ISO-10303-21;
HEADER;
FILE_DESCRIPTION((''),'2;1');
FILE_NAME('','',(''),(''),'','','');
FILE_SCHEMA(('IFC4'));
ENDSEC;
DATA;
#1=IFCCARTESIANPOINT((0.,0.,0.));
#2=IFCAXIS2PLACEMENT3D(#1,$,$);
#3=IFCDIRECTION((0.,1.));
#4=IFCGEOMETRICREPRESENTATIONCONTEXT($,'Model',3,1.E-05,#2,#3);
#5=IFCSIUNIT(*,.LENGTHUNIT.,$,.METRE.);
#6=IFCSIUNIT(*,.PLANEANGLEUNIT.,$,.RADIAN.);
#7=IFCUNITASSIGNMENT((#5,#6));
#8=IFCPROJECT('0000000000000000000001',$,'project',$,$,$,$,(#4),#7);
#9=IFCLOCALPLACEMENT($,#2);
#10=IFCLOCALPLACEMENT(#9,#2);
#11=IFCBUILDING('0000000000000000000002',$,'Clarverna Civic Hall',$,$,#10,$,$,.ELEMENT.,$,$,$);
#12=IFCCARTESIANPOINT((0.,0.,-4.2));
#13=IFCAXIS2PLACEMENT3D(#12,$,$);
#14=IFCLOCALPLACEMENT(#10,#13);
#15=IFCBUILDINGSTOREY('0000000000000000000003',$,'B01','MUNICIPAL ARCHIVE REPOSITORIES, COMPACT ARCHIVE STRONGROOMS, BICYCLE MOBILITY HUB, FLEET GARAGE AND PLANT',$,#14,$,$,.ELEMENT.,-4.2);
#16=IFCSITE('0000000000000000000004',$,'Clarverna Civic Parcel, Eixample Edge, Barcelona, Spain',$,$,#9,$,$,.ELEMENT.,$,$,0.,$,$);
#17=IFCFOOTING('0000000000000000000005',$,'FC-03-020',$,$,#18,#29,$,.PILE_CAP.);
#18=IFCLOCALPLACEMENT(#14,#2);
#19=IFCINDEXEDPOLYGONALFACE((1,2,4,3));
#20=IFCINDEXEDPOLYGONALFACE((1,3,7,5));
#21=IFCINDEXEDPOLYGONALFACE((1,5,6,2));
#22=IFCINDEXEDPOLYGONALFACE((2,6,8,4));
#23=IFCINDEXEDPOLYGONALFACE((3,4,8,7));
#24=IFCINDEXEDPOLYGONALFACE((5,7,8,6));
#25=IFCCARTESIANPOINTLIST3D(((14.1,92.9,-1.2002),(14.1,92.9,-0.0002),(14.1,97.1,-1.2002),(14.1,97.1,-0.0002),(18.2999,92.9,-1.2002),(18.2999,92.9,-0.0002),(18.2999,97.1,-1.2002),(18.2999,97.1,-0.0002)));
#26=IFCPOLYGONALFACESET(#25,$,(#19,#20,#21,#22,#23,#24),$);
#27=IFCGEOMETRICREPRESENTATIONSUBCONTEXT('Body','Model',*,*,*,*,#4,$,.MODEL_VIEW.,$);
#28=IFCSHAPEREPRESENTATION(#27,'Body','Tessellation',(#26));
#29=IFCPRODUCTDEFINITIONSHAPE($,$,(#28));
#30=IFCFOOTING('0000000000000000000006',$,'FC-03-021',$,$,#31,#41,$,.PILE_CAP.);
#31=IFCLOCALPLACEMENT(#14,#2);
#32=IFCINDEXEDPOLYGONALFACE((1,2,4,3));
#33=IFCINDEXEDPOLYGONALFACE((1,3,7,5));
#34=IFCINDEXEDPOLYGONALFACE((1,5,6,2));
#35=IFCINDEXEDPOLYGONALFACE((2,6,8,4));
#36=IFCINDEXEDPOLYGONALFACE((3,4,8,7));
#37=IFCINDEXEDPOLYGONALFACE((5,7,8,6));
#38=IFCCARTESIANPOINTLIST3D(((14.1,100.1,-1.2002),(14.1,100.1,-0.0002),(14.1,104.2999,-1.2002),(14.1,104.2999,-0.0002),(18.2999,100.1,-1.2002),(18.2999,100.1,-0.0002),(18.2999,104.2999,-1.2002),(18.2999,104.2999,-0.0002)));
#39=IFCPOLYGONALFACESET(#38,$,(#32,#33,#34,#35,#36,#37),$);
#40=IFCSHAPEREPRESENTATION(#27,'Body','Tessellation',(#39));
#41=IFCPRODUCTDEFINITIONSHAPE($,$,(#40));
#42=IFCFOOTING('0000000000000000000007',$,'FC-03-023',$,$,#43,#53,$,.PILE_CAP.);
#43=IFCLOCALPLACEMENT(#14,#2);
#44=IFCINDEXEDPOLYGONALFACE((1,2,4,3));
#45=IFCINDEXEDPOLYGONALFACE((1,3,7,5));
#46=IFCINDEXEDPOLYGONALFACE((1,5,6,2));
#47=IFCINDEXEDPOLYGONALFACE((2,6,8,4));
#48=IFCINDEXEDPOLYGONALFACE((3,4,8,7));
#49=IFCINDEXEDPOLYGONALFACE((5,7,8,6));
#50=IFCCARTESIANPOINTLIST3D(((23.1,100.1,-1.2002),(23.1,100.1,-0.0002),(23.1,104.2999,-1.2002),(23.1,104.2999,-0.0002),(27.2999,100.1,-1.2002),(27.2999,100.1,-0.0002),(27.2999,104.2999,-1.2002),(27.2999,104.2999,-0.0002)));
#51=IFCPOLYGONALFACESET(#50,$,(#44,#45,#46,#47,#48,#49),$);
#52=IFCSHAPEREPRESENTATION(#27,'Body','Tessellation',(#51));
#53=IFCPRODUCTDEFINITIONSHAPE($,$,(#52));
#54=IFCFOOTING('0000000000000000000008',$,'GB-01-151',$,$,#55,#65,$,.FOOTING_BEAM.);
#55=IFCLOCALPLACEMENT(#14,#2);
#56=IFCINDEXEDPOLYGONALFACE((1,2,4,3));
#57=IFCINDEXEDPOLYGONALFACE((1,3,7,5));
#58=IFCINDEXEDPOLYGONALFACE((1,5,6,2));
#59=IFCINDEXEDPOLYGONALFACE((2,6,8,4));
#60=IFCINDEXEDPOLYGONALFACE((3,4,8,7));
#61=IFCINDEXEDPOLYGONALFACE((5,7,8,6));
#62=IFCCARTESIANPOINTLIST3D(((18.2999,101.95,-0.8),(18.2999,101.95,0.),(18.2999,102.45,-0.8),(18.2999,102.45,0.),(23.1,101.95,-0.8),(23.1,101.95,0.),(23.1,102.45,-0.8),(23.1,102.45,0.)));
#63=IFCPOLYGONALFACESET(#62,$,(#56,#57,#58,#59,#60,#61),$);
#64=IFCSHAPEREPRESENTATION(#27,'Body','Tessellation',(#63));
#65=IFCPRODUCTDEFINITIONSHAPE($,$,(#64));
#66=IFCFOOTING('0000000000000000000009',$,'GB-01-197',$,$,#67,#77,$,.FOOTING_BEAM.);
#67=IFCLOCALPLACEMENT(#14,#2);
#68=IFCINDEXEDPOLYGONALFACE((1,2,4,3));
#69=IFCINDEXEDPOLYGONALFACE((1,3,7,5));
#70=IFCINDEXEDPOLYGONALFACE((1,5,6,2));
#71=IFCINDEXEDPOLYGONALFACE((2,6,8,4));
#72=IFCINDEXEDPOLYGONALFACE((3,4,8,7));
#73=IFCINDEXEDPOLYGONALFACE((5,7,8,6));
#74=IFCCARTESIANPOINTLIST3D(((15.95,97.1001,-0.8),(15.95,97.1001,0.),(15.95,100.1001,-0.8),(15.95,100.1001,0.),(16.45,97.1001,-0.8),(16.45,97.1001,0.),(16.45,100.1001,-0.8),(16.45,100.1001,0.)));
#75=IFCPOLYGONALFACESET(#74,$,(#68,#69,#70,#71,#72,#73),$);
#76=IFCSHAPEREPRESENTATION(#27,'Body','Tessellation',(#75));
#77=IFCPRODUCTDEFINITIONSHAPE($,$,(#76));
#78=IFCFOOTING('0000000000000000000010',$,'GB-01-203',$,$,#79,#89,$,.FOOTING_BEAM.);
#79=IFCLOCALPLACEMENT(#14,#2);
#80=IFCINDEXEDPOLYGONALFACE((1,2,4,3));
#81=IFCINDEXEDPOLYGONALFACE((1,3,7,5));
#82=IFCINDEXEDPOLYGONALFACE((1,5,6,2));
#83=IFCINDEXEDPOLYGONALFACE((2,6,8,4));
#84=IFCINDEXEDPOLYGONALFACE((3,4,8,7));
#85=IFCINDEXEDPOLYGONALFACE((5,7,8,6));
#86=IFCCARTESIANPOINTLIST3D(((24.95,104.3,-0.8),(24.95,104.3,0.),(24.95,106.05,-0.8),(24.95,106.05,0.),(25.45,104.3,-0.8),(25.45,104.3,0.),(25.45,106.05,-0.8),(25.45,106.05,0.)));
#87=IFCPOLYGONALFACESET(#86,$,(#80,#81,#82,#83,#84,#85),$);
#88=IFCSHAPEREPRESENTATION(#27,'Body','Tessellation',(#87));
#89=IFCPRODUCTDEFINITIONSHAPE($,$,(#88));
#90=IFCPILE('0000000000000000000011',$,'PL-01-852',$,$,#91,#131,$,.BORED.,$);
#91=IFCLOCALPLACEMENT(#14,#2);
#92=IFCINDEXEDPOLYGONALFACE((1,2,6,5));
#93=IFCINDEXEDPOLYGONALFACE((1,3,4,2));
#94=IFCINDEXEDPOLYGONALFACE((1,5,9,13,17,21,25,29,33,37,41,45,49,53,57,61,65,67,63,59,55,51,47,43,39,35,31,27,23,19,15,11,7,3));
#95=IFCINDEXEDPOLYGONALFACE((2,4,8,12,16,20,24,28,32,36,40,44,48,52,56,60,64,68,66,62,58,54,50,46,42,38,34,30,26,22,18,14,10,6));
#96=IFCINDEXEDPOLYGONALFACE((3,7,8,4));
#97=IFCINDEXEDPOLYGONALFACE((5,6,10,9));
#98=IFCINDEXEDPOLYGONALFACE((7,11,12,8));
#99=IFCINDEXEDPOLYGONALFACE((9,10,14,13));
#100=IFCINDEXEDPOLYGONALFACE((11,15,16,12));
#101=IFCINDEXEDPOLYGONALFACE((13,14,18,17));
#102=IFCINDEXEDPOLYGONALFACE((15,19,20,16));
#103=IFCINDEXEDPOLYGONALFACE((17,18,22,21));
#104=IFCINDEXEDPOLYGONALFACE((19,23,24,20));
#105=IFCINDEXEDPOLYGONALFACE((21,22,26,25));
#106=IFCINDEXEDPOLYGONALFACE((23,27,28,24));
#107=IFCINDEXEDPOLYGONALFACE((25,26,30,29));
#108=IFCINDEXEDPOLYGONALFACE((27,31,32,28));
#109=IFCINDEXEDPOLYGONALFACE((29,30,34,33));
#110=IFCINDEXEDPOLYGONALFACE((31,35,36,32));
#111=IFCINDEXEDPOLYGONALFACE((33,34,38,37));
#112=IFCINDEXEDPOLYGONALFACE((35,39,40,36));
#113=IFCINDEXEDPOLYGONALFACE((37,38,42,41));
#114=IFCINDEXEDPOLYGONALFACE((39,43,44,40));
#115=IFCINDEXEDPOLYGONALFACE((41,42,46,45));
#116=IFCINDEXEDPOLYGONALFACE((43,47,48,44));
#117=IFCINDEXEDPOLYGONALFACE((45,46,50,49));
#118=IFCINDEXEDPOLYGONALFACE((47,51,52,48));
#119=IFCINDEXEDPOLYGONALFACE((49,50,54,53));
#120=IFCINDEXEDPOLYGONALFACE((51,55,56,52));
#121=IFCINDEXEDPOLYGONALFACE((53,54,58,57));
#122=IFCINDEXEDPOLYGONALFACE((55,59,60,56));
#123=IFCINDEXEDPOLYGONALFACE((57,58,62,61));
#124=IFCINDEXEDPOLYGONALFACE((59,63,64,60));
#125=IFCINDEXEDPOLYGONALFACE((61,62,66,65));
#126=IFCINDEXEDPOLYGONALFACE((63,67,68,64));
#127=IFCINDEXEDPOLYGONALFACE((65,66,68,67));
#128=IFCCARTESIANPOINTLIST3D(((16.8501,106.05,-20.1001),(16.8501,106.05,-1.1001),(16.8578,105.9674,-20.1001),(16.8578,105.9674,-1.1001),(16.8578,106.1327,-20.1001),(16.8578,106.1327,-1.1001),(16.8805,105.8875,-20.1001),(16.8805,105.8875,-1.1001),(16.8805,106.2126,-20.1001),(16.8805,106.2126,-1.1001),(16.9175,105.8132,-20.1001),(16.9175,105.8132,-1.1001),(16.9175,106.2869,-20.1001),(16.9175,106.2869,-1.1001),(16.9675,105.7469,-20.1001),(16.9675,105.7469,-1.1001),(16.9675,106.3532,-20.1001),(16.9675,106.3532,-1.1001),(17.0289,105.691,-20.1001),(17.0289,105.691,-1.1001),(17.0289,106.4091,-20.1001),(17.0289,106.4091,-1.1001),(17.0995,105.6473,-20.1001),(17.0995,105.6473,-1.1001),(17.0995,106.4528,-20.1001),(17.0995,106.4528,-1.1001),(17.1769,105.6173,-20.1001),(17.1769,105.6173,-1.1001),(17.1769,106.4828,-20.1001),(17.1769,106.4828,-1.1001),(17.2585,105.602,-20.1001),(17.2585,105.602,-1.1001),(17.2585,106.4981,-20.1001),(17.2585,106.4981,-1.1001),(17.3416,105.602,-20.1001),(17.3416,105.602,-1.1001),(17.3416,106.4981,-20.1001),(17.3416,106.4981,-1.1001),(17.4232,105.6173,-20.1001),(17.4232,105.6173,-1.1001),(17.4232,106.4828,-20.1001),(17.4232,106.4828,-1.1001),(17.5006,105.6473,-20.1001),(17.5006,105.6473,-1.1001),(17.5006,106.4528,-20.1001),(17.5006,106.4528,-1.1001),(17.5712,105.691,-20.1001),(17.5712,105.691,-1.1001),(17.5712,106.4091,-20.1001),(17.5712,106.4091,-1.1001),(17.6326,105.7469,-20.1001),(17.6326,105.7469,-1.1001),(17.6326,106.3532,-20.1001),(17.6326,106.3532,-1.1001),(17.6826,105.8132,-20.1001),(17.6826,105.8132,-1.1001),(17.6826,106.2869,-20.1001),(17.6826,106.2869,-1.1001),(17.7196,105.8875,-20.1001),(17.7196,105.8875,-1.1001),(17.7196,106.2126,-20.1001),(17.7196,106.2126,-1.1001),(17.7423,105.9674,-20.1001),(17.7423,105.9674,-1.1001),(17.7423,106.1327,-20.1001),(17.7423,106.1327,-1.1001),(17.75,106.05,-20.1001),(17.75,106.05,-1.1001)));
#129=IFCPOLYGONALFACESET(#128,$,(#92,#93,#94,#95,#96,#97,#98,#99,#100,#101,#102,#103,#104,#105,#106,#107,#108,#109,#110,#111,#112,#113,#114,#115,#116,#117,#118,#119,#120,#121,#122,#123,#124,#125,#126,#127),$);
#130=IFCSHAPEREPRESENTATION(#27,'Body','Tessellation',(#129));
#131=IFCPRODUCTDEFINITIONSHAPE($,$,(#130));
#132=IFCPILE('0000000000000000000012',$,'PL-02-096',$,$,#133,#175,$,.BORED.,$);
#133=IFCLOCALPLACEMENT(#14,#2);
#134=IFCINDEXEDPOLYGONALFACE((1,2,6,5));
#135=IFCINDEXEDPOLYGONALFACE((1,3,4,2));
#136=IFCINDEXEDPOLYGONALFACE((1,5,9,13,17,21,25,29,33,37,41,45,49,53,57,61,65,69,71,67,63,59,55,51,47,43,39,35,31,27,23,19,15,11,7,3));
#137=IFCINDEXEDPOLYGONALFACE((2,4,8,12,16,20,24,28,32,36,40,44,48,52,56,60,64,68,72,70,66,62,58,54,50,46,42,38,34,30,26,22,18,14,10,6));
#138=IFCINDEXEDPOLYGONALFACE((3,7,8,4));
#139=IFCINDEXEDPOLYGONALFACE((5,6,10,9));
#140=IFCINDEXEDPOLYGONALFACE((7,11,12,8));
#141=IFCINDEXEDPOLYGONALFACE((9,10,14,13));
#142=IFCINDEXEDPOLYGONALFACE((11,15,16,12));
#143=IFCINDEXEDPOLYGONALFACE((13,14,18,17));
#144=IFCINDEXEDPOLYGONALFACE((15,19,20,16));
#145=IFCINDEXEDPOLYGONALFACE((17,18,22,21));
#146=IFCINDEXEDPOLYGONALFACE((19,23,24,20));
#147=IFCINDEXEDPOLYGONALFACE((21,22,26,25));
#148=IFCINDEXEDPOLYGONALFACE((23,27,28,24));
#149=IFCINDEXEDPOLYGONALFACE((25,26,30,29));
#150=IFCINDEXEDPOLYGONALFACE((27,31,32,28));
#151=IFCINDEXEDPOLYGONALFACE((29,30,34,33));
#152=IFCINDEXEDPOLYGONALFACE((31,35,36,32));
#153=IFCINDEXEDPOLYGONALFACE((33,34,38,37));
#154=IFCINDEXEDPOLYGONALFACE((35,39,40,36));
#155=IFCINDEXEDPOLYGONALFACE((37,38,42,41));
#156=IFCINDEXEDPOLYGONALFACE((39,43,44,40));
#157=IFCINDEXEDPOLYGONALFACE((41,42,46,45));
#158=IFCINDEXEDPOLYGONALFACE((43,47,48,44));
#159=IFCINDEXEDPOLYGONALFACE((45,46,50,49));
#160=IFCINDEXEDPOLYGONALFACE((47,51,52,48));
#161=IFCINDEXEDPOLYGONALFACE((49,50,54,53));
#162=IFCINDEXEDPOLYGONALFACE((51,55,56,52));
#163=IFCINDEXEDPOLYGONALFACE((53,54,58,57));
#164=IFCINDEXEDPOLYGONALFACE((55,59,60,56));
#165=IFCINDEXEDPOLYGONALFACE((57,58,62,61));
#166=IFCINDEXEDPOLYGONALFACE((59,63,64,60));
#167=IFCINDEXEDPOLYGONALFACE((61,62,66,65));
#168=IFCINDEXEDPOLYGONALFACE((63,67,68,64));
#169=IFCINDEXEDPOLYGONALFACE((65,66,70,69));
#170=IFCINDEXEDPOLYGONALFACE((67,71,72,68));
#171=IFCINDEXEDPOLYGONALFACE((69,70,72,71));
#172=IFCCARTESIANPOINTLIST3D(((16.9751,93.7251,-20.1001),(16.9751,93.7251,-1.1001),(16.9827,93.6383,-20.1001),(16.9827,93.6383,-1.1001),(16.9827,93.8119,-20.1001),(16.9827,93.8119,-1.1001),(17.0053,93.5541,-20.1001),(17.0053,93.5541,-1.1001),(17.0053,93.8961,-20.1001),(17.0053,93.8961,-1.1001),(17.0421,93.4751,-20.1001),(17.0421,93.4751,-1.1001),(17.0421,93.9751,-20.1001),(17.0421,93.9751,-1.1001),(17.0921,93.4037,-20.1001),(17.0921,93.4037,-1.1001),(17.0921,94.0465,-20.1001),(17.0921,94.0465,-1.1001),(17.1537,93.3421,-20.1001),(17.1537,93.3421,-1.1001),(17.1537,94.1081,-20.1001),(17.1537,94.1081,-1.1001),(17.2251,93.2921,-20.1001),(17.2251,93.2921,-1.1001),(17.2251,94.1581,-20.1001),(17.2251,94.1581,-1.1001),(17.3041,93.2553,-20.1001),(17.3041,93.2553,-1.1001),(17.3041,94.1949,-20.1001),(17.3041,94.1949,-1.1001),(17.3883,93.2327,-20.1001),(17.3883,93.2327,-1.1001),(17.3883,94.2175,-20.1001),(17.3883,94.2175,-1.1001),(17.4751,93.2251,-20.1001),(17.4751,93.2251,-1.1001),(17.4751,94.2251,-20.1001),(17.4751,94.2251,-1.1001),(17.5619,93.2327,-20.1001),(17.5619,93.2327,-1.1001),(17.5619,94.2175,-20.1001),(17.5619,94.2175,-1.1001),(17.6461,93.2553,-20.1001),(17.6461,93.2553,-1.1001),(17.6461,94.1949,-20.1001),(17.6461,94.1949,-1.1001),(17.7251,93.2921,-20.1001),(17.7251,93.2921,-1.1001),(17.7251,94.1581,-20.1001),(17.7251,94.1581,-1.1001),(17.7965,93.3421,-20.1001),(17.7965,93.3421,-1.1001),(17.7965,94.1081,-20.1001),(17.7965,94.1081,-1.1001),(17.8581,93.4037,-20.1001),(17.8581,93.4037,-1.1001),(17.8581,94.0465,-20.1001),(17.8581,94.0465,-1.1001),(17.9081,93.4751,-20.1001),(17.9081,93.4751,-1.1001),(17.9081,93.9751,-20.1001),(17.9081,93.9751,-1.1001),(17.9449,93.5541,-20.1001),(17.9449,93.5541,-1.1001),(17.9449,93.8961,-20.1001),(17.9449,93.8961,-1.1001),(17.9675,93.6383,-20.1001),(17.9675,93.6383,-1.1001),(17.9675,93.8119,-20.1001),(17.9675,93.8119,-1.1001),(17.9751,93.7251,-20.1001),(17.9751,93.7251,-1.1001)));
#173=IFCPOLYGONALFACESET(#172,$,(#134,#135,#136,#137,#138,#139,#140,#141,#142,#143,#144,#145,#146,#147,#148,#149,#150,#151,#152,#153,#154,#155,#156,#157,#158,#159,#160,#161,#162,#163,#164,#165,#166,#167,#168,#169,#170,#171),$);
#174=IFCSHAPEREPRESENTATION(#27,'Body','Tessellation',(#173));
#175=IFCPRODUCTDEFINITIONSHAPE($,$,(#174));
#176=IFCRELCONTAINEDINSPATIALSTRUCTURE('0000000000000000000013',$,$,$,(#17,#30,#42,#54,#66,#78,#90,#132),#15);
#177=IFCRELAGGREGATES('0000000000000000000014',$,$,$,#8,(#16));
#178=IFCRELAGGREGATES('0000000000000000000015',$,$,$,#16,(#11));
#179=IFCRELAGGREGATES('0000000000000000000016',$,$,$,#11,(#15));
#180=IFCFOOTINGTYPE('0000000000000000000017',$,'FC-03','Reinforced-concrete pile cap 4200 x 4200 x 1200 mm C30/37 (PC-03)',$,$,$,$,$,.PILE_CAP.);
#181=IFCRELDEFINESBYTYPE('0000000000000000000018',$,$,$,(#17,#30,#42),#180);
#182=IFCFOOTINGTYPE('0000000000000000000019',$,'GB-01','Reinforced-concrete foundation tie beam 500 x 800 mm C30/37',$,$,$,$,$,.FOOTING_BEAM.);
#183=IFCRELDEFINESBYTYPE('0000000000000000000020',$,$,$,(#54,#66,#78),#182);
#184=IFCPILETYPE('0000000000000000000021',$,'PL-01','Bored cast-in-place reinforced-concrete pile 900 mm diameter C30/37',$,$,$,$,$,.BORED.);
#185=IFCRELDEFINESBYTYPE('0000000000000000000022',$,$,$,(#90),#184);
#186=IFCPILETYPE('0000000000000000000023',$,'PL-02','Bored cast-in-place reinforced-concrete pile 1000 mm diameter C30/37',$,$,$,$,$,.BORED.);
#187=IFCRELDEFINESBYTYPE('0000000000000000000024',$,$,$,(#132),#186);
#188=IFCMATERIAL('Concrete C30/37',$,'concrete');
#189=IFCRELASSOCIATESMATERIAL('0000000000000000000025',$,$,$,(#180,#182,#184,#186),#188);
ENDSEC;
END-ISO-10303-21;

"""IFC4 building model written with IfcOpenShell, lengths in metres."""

from ifc_helpers import new_model, si_unit, direction, frame, frame_2d, origin, origin_2d, place, context, subcontext, project, spatial, rectangle, circle, extrude, material, material_profile, profile_set, type_object, element, save


model = new_model("IFC4")

# Units and contexts
model_context = context("Model", 3, precision=1e-05, world=origin(), true_north=direction((0.0, 1.0)))
body_context = subcontext(model_context, "Body", "Model", "MODEL_VIEW")
ifc_project = project(units=[si_unit("LENGTHUNIT", "METRE"), si_unit("PLANEANGLEUNIT", "RADIAN")], contexts=[model_context])

# Site, building, storey
site_placement = place(None, origin())
site = spatial("IfcSite", under=ifc_project, at=site_placement, Name="Clarverna Civic Parcel, Eixample Edge, Barcelona, Spain", CompositionType="ELEMENT", RefElevation=0.0)
building_placement = place(site_placement, origin())
building = spatial("IfcBuilding", under=site, at=building_placement, Name="Clarverna Civic Hall", CompositionType="ELEMENT")
storey_placement = place(building_placement, frame((0.0, 0.0, -4.2)))
storey = spatial("IfcBuildingStorey", under=building, at=storey_placement, Name="B01", Description="MUNICIPAL ARCHIVE REPOSITORIES, COMPACT ARCHIVE STRONGROOMS, BICYCLE MOBILITY HUB, FLEET GARAGE AND PLANT", CompositionType="ELEMENT", Elevation=-4.2)

# Footings
ifc_material_1 = material(Name="Concrete C30/37", Category="concrete")
footing_type_1 = type_object("IfcFootingType", Name="FC-03", Description="Reinforced-concrete pile cap 4200 x 4200 x 1200 mm C30/37 (PC-03)", PredefinedType="PILE_CAP", material=ifc_material_1)
for number, where, z_axis, x_axis, name in (
    (1, (16.2, 95.0, -1.2002), (0.0, 0.0, 1.0), (1.0, 0.0, 0.0), "FC-03-020"),
    (2, (16.2, 102.2, -1.2002), (0.0, 0.0, 1.0), (1.0, 0.0, 0.0), "FC-03-021"),
    (3, (25.2, 102.2, -1.2002), (0.0, 0.0, 1.0), (1.0, 0.0, 0.0), "FC-03-023"),
):
    element("IfcFooting", number, at=place(storey_placement, frame(where, z_axis=z_axis, x_axis=x_axis)), inside=storey, type_object=footing_type_1, Name=name, PredefinedType="PILE_CAP", context=body_context, shape_type="SweptSolid", body=[
        extrude(rectangle(XDim=4.2, YDim=4.2, at=origin_2d()), origin(), (0.0, 0.0, 1.0), 1.2),
    ])
footing_type_2 = type_object("IfcFootingType", Name="GB-01", Description="Reinforced-concrete foundation tie beam 500 x 800 mm C30/37", PredefinedType="FOOTING_BEAM", material=ifc_material_1)
footing_1_placement = place(storey_placement, frame((18.3, 102.2, -0.8), z_axis=(0.0, 0.0, 1.0), x_axis=(1.0, 0.0, 0.0)))
element("IfcFooting", 4, at=footing_1_placement, inside=storey, type_object=footing_type_2, Name="GB-01-151", PredefinedType="FOOTING_BEAM", context=body_context, shape_type="SweptSolid", body=[
    extrude(rectangle(XDim=4.8, YDim=0.5, at=frame_2d((2.3999, 0.0))), origin(), (0.0, 0.0, 1.0), 0.8),
])
footing_2_placement = place(storey_placement, frame((16.2, 97.1001, -0.8), z_axis=(0.0, 0.0, 1.0), x_axis=(0.0, 1.0, 0.0)))
element("IfcFooting", 5, at=footing_2_placement, inside=storey, type_object=footing_type_2, Name="GB-01-197", PredefinedType="FOOTING_BEAM", context=body_context, shape_type="SweptSolid", body=[
    extrude(rectangle(XDim=3.0, YDim=0.5, at=frame_2d((1.5, 0.0))), origin(), (0.0, 0.0, 1.0), 0.8),
])
footing_3_placement = place(storey_placement, frame((25.2, 104.3, -0.8), z_axis=(0.0, 0.0, 1.0), x_axis=(0.0, 1.0, 0.0)))
element("IfcFooting", 6, at=footing_3_placement, inside=storey, type_object=footing_type_2, Name="GB-01-203", PredefinedType="FOOTING_BEAM", context=body_context, shape_type="SweptSolid", body=[
    extrude(rectangle(XDim=1.75, YDim=0.5, at=frame_2d((0.875, 0.0))), origin(), (0.0, 0.0, 1.0), 0.8),
])

# Piles
ifc_material_profile_1 = material_profile(ifc_material_1, circle(Radius=0.45, at=origin_2d()), Name="BORED PILE D900")
ifc_profile_set_1 = profile_set([ifc_material_profile_1], Name="Concrete C30/37")
pile_type_1 = type_object("IfcPileType", Name="PL-01", Description="Bored cast-in-place reinforced-concrete pile 900 mm diameter C30/37", PredefinedType="BORED", material=ifc_profile_set_1)
pile_placement = place(storey_placement, frame((17.3, 106.05, -1.1001), z_axis=(0.0, 0.0, -1.0), x_axis=(1.0, 0.0, 0.0)))
element("IfcPile", 7, at=pile_placement, inside=storey, type_object=pile_type_1, Name="PL-01-852", PredefinedType="BORED", context=body_context, shape_type="SweptSolid", body=[
    extrude(circle(Radius=0.45, at=origin_2d()), origin(), (0.0, 0.0, 1.0), 19.0),
])
ifc_material_profile_2 = material_profile(ifc_material_1, circle(Radius=0.5, at=origin_2d()), Name="BORED PILE D1000")
ifc_profile_set_2 = profile_set([ifc_material_profile_2], Name="Concrete C30/37")
pile_type_2 = type_object("IfcPileType", Name="PL-02", Description="Bored cast-in-place reinforced-concrete pile 1000 mm diameter C30/37", PredefinedType="BORED", material=ifc_profile_set_2)
for number, where, z_axis, x_axis, name in (
    (8, (17.4751, 93.7251, -1.1001), (0.0, 0.0, -1.0), (1.0, 0.0, 0.0), "PL-02-096"),
):
    element("IfcPile", number, at=place(storey_placement, frame(where, z_axis=z_axis, x_axis=x_axis)), inside=storey, type_object=pile_type_2, Name=name, PredefinedType="BORED", context=body_context, shape_type="SweptSolid", body=[
        extrude(circle(Radius=0.5, at=origin_2d()), origin(), (0.0, 0.0, 1.0), 19.0),
    ])

save(model, "model.ifc")
